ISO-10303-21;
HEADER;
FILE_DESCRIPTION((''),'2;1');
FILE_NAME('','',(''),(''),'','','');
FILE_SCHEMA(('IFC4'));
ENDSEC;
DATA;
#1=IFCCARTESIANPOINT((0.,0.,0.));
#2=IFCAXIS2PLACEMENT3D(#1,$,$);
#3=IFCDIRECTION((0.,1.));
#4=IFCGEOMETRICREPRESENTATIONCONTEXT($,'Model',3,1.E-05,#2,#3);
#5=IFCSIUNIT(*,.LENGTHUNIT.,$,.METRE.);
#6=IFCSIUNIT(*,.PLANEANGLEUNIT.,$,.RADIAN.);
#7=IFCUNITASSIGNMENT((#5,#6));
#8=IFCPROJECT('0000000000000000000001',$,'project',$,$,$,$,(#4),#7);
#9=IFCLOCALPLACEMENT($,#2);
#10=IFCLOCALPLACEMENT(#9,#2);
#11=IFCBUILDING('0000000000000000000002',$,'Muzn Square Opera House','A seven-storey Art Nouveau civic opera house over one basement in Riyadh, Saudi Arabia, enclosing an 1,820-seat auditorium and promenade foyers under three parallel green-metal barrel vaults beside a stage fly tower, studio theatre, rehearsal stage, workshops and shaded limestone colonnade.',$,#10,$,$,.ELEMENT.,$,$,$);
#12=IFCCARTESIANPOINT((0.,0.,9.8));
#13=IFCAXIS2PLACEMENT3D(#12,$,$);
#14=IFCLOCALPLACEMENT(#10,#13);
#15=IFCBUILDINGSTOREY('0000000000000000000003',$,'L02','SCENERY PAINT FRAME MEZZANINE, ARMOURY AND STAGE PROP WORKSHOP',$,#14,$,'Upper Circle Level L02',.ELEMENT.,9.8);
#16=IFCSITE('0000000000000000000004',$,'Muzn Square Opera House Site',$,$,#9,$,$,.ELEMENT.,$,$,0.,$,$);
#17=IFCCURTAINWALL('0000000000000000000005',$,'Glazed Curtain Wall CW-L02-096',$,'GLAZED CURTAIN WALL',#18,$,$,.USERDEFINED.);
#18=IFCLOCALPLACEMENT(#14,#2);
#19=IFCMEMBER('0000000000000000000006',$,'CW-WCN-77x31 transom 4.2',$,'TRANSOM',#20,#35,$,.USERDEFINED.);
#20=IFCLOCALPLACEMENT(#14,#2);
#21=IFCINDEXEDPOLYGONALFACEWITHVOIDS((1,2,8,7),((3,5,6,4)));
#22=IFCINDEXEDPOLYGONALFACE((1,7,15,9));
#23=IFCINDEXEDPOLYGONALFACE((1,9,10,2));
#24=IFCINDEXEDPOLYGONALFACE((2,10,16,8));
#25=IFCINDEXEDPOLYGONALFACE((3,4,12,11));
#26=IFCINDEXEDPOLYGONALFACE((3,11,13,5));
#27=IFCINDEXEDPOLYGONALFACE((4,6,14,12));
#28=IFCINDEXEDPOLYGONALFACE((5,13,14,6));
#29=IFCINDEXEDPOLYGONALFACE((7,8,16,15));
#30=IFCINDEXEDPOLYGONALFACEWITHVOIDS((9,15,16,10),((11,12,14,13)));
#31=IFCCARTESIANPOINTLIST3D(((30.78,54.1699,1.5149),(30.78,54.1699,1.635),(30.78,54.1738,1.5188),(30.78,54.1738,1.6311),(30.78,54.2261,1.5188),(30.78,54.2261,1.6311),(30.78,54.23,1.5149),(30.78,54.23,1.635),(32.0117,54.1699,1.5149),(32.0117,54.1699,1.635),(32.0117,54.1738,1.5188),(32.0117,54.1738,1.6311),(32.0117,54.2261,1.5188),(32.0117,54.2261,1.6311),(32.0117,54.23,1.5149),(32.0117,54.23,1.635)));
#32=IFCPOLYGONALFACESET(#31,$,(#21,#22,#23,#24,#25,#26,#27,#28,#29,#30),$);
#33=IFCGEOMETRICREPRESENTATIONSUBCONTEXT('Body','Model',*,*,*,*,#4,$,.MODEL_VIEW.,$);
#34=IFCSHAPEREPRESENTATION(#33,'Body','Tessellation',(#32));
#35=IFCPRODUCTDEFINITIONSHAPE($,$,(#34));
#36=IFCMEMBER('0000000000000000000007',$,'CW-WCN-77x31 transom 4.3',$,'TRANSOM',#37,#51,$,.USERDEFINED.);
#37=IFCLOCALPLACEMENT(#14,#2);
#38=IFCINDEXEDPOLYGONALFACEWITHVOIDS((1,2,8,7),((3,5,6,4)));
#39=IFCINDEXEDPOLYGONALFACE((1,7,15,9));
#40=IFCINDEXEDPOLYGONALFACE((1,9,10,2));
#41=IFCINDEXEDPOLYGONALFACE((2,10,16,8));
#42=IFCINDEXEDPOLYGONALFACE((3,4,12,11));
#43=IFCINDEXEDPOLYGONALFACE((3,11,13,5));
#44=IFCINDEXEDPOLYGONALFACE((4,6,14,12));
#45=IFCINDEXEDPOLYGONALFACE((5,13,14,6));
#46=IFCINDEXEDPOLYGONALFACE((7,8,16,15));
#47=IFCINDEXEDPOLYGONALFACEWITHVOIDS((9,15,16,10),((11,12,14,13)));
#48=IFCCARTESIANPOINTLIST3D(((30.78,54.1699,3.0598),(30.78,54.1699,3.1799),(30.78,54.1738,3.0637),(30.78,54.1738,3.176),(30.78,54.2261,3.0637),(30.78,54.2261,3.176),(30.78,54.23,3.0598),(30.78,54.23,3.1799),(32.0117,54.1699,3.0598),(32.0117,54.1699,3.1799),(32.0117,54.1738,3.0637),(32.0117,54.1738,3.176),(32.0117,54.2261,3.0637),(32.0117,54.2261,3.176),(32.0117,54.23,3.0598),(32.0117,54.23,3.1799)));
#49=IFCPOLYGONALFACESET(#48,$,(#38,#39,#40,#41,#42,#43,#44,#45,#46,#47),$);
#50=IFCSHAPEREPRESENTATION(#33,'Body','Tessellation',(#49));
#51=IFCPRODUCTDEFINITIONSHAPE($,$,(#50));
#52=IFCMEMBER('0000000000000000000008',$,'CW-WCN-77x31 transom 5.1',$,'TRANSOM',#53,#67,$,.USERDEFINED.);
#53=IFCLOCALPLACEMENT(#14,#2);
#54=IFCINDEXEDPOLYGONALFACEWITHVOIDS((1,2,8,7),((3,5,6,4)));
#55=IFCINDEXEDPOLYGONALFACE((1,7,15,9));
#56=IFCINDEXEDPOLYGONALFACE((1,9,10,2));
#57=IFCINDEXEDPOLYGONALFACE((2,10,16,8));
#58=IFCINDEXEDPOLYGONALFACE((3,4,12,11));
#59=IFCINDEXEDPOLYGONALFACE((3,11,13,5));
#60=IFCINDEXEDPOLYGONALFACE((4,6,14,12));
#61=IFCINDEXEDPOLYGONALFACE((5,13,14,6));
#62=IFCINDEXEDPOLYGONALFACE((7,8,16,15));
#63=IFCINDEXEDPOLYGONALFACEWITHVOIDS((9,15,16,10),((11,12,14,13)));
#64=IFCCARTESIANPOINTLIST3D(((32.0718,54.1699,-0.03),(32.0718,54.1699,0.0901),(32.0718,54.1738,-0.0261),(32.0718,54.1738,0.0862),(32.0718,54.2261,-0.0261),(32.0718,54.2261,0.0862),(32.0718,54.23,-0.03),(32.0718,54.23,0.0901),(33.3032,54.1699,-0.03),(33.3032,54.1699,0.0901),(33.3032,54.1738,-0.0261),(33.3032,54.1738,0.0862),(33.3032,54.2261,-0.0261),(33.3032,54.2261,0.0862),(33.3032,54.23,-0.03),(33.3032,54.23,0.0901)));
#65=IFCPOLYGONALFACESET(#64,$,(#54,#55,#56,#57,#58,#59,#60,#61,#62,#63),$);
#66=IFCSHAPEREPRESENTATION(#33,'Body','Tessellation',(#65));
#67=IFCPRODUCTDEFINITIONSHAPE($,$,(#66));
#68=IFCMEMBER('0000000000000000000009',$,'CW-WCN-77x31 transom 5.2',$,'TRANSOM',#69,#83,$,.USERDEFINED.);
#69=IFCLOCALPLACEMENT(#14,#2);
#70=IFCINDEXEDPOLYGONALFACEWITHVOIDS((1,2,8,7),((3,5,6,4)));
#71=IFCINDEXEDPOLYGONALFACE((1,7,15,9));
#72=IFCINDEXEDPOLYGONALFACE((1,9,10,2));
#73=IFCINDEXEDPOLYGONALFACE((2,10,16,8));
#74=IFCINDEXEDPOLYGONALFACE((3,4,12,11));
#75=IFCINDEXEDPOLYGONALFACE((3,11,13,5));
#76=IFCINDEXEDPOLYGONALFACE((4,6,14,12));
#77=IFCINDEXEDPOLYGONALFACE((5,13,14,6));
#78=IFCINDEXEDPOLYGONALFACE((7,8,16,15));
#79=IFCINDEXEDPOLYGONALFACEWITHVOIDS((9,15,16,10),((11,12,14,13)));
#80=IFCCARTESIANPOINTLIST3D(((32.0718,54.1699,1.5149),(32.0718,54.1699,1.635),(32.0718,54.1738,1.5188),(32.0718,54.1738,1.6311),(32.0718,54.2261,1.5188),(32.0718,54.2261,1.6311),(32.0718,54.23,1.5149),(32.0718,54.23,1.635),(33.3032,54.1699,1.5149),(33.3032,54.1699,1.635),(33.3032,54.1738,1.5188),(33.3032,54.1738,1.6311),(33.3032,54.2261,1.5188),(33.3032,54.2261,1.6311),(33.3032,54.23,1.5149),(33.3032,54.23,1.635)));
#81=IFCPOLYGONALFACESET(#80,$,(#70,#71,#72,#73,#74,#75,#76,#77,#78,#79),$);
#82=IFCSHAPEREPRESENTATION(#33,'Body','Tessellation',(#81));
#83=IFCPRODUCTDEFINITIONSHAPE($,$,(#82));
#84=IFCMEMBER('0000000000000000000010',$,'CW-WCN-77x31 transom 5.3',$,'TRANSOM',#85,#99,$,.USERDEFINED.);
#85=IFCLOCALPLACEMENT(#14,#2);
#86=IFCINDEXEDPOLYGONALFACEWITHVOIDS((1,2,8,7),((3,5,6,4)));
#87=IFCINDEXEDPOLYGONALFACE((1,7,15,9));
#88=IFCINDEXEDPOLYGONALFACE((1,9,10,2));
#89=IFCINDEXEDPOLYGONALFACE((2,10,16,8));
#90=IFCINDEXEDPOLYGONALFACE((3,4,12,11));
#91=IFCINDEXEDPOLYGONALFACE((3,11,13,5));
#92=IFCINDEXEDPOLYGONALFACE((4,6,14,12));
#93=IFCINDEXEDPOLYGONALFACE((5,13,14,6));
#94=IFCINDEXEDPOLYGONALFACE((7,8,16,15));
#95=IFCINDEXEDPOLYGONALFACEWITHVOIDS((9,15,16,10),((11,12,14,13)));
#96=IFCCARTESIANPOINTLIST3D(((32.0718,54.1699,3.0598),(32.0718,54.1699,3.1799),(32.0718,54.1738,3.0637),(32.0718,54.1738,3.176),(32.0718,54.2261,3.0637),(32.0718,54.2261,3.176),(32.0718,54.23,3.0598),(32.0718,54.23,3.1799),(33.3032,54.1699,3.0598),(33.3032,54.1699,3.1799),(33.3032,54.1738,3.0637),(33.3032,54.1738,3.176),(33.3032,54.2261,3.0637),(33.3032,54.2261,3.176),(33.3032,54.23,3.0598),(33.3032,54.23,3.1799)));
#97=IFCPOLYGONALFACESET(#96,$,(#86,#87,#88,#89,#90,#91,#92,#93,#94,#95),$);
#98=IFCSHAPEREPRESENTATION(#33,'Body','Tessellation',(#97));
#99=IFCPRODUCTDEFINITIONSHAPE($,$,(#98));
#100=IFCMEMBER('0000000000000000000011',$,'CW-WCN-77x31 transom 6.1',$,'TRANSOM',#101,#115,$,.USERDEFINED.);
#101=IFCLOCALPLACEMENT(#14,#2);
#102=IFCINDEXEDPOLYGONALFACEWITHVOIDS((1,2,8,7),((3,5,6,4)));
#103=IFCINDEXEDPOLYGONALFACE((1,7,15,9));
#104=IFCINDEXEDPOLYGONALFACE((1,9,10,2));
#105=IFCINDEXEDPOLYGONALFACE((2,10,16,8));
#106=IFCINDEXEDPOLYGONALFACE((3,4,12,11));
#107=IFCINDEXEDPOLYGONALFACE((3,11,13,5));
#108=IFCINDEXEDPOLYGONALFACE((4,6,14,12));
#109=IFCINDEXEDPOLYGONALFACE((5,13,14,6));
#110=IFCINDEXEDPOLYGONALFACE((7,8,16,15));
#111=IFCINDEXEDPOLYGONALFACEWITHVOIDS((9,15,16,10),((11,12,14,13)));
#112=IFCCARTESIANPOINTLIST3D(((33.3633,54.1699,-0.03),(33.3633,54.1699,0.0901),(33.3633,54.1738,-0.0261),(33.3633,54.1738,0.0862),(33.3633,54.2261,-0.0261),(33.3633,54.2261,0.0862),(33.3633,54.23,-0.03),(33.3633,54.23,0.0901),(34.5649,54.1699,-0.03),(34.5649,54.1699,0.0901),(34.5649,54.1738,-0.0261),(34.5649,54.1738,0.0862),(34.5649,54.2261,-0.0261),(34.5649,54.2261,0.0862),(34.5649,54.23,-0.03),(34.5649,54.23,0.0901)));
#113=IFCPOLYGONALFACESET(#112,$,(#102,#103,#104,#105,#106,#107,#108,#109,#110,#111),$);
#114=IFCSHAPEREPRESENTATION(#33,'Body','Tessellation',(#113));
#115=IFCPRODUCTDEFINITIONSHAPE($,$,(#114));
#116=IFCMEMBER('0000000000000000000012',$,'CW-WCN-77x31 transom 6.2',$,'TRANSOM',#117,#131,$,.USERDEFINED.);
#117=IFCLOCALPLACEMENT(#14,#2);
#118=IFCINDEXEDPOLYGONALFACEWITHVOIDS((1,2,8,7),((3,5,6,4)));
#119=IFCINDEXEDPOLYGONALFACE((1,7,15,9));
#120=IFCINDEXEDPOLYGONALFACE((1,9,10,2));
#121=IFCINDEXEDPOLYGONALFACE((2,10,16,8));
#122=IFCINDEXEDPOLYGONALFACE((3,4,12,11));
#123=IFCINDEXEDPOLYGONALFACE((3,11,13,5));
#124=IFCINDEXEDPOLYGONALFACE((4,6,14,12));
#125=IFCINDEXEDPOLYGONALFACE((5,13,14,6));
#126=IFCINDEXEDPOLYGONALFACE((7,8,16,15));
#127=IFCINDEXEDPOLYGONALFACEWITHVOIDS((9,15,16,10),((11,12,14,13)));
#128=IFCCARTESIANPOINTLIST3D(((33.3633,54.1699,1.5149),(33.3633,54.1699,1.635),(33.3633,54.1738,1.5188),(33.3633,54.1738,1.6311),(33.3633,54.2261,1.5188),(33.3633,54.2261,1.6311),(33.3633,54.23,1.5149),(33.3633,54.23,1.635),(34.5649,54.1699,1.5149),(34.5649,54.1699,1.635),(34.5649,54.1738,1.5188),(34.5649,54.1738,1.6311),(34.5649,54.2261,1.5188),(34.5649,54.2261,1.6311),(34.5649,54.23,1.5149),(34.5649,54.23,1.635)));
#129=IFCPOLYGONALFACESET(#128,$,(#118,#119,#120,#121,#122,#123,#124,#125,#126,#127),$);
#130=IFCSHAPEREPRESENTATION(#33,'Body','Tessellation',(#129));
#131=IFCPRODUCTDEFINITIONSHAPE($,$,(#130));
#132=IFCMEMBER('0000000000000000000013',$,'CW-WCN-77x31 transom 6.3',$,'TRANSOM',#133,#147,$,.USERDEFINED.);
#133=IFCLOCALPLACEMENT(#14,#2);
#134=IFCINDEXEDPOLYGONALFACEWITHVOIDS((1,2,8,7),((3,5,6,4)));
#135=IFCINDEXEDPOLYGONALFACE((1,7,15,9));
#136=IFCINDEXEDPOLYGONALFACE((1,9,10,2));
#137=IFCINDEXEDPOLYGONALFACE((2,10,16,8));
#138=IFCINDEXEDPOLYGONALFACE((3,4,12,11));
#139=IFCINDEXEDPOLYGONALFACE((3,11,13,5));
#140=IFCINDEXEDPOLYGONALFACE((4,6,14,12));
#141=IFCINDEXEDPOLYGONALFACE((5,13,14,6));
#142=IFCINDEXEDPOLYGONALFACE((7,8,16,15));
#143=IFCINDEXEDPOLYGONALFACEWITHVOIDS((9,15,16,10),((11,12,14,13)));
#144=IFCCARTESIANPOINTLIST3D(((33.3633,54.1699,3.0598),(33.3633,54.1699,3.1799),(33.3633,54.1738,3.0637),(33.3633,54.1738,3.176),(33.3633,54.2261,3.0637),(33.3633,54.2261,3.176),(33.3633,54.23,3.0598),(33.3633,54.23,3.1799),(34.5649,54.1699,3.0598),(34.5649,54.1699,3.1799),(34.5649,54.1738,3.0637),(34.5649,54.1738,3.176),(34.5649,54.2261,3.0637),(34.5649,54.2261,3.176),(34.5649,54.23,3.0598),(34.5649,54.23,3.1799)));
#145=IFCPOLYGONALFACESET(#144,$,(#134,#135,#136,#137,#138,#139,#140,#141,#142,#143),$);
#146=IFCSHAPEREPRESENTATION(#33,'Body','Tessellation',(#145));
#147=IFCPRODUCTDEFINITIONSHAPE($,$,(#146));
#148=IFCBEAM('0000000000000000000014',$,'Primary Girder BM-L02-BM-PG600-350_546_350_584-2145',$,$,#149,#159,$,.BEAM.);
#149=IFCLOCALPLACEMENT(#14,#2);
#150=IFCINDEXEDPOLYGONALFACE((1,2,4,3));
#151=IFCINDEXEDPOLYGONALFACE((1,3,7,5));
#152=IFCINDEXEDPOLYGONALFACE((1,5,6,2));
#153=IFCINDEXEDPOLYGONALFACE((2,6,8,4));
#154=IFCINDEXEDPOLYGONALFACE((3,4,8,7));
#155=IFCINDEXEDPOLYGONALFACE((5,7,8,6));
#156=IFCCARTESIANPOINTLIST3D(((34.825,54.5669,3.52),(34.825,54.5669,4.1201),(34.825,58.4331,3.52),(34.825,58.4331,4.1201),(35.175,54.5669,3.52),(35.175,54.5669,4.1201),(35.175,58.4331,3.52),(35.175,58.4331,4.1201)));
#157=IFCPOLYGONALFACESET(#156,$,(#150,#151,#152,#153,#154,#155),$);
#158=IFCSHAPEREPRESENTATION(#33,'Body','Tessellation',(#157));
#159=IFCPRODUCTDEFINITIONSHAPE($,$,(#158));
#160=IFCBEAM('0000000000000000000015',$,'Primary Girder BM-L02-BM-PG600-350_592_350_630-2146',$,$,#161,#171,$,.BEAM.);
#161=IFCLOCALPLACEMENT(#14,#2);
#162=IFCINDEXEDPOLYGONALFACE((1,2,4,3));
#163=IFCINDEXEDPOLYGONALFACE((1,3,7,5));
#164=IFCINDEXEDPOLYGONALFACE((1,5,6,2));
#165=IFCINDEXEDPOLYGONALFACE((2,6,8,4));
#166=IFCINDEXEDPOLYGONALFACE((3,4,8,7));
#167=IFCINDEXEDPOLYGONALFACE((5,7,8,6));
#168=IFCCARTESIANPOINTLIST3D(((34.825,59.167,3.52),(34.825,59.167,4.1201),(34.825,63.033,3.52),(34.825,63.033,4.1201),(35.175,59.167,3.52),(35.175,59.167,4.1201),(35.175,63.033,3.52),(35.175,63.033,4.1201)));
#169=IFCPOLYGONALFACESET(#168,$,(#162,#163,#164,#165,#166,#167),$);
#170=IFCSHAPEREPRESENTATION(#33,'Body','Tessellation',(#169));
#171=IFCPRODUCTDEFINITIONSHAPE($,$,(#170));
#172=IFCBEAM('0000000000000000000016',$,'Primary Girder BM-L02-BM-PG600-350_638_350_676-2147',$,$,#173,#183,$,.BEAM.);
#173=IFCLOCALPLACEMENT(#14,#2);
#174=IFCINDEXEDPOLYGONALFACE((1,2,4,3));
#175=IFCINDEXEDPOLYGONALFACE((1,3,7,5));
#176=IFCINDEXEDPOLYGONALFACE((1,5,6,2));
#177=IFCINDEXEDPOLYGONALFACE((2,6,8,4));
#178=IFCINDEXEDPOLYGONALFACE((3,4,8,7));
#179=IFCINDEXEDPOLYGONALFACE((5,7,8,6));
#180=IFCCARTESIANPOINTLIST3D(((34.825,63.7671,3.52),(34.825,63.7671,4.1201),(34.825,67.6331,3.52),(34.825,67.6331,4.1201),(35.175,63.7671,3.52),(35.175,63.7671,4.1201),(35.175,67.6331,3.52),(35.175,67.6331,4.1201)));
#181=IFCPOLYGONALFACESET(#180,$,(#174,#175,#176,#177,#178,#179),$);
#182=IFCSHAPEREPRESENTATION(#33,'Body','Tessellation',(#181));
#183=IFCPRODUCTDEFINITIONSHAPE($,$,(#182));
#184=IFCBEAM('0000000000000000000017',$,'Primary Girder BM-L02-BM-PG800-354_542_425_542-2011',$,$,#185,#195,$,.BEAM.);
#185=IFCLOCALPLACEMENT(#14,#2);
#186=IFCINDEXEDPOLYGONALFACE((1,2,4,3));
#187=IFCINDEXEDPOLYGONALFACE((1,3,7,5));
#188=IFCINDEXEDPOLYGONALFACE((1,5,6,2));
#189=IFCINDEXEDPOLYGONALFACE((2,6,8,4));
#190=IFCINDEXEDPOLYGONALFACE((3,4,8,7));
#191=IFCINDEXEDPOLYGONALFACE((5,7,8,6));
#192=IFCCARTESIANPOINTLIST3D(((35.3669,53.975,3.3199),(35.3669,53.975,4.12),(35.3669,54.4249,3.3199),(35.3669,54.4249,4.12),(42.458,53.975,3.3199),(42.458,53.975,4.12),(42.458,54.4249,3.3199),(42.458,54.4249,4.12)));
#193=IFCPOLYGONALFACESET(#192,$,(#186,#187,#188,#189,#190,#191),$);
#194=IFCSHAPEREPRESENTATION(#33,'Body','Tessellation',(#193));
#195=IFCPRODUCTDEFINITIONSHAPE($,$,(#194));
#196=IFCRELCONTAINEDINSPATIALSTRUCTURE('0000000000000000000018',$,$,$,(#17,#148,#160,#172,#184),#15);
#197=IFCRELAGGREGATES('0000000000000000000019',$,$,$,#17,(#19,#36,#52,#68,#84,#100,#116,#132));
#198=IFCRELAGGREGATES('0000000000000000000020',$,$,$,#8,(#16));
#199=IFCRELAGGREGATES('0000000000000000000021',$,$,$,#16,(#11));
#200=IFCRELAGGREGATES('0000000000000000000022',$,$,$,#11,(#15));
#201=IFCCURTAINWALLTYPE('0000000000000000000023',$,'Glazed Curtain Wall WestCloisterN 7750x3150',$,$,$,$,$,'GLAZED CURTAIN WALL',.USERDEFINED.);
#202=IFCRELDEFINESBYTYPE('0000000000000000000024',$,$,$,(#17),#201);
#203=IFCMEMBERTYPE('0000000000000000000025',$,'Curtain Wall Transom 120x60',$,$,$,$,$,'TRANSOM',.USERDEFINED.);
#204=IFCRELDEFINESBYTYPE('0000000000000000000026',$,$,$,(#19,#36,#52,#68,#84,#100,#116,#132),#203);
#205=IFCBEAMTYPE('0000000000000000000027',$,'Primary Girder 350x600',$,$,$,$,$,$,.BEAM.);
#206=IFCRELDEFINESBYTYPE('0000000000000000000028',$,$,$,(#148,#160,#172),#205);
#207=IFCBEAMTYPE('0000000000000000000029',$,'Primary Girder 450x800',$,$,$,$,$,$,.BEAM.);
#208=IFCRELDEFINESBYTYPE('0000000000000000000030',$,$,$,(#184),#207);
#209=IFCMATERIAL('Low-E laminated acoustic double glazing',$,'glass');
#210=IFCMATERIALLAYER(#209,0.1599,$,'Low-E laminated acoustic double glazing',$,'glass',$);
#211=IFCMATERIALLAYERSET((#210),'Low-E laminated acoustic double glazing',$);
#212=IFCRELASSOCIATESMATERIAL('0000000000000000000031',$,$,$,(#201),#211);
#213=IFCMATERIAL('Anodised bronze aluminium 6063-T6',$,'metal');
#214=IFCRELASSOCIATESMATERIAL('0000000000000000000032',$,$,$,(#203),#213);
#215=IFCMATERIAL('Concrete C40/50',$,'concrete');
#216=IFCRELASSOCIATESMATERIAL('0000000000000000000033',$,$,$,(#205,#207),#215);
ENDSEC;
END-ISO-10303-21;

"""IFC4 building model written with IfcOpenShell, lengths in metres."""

from ifc_helpers import new_model, si_unit, direction, frame, origin, origin_2d, place, context, subcontext, project, spatial, rectangle, hollow_rectangle, extrude, material, layer, layer_set, material_profile, profile_set, type_object, element, aggregate, save


model = new_model("IFC4")

# Units and contexts
model_context = context("Model", 3, precision=1e-05, world=origin(), true_north=direction((0.0, 1.0)))
body_context = subcontext(model_context, "Body", "Model", "MODEL_VIEW")
ifc_project = project(units=[si_unit("LENGTHUNIT", "METRE"), si_unit("PLANEANGLEUNIT", "RADIAN")], contexts=[model_context])

# Site, building, storey
site_placement = place(None, origin())
site = spatial("IfcSite", under=ifc_project, at=site_placement, Name="Muzn Square Opera House Site", CompositionType="ELEMENT", RefElevation=0.0)
building_placement = place(site_placement, origin())
building = spatial("IfcBuilding", under=site, at=building_placement, Name="Muzn Square Opera House", Description="A seven-storey Art Nouveau civic opera house over one basement in Riyadh, Saudi Arabia, enclosing an 1,820-seat auditorium and promenade foyers under three parallel green-metal barrel vaults beside a stage fly tower, studio theatre, rehearsal stage, workshops and shaded limestone colonnade.", CompositionType="ELEMENT")
storey_placement = place(building_placement, frame((0.0, 0.0, 9.8)))
storey = spatial("IfcBuildingStorey", under=building, at=storey_placement, Name="L02", Description="SCENERY PAINT FRAME MEZZANINE, ARMOURY AND STAGE PROP WORKSHOP", LongName="Upper Circle Level L02", CompositionType="ELEMENT", Elevation=9.8)

# Curtain wall, members
ifc_material_1 = material(Name="Low-E laminated acoustic double glazing", Category="glass")
ifc_layer_1 = layer(ifc_material_1, 0.1599, Name="Low-E laminated acoustic double glazing", Category="glass")
ifc_layer_set_1 = layer_set([ifc_layer_1], Name="Low-E laminated acoustic double glazing")
curtain_wall_type = type_object("IfcCurtainWallType", Name="Glazed Curtain Wall WestCloisterN 7750x3150", ElementType="GLAZED CURTAIN WALL", PredefinedType="USERDEFINED", material=ifc_layer_set_1)
curtain_wall_placement = place(storey_placement, origin())
curtain_wall = element("IfcCurtainWall", 1, at=curtain_wall_placement, inside=storey, type_object=curtain_wall_type, Name="Glazed Curtain Wall CW-L02-096", ObjectType="GLAZED CURTAIN WALL", PredefinedType="USERDEFINED")
ifc_material_2 = material(Name="Anodised bronze aluminium 6063-T6", Category="metal")
ifc_material_profile_1 = material_profile(ifc_material_2, hollow_rectangle(XDim=0.0601, YDim=0.1201, WallThickness=0.0039, at=origin_2d()), Name="ALU 120x60x4", Category="metal")
ifc_profile_set_1 = profile_set([ifc_material_profile_1], Name="Anodised bronze aluminium 6063-T6")
member_type_1 = type_object("IfcMemberType", Name="Curtain Wall Transom 120x60", ElementType="TRANSOM", PredefinedType="USERDEFINED", material=ifc_profile_set_1)
member_1_placement = place(storey_placement, frame((30.78, 54.2, 1.575), z_axis=(1.0, 0.0, 0.0), x_axis=(0.0, 1.0, 0.0)))
member_1 = element("IfcMember", 2, at=member_1_placement, type_object=member_type_1, Name="CW-WCN-77x31 transom 4.2", ObjectType="TRANSOM", PredefinedType="USERDEFINED", context=body_context, shape_type="SweptSolid", body=[
    extrude(hollow_rectangle(XDim=0.0601, YDim=0.1201, WallThickness=0.0039, at=origin_2d()), origin(), (0.0, 0.0, 1.0), 1.2317),
])
member_2_placement = place(storey_placement, frame((30.78, 54.2, 3.1199), z_axis=(1.0, 0.0, 0.0), x_axis=(0.0, 1.0, 0.0)))
member_2 = element("IfcMember", 3, at=member_2_placement, type_object=member_type_1, Name="CW-WCN-77x31 transom 4.3", ObjectType="TRANSOM", PredefinedType="USERDEFINED", context=body_context, shape_type="SweptSolid", body=[
    extrude(hollow_rectangle(XDim=0.0601, YDim=0.1201, WallThickness=0.0039, at=origin_2d()), origin(), (0.0, 0.0, 1.0), 1.2317),
])
member_3_placement = place(storey_placement, frame((32.0718, 54.2, 0.03), z_axis=(1.0, 0.0, 0.0), x_axis=(0.0, 1.0, 0.0)))
member_3 = element("IfcMember", 4, at=member_3_placement, type_object=member_type_1, Name="CW-WCN-77x31 transom 5.1", ObjectType="TRANSOM", PredefinedType="USERDEFINED", context=body_context, shape_type="SweptSolid", body=[
    extrude(hollow_rectangle(XDim=0.0601, YDim=0.1201, WallThickness=0.0039, at=origin_2d()), origin(), (0.0, 0.0, 1.0), 1.2314),
])
member_4_placement = place(storey_placement, frame((32.0718, 54.2, 1.575), z_axis=(1.0, 0.0, 0.0), x_axis=(0.0, 1.0, 0.0)))
member_4 = element("IfcMember", 5, at=member_4_placement, type_object=member_type_1, Name="CW-WCN-77x31 transom 5.2", ObjectType="TRANSOM", PredefinedType="USERDEFINED", context=body_context, shape_type="SweptSolid", body=[
    extrude(hollow_rectangle(XDim=0.0601, YDim=0.1201, WallThickness=0.0039, at=origin_2d()), origin(), (0.0, 0.0, 1.0), 1.2314),
])
member_5_placement = place(storey_placement, frame((32.0718, 54.2, 3.1199), z_axis=(1.0, 0.0, 0.0), x_axis=(0.0, 1.0, 0.0)))
member_5 = element("IfcMember", 6, at=member_5_placement, type_object=member_type_1, Name="CW-WCN-77x31 transom 5.3", ObjectType="TRANSOM", PredefinedType="USERDEFINED", context=body_context, shape_type="SweptSolid", body=[
    extrude(hollow_rectangle(XDim=0.0601, YDim=0.1201, WallThickness=0.0039, at=origin_2d()), origin(), (0.0, 0.0, 1.0), 1.2314),
])
member_6_placement = place(storey_placement, frame((33.3633, 54.2, 0.03), z_axis=(1.0, 0.0, 0.0), x_axis=(0.0, 1.0, 0.0)))
member_6 = element("IfcMember", 7, at=member_6_placement, type_object=member_type_1, Name="CW-WCN-77x31 transom 6.1", ObjectType="TRANSOM", PredefinedType="USERDEFINED", context=body_context, shape_type="SweptSolid", body=[
    extrude(hollow_rectangle(XDim=0.0601, YDim=0.1201, WallThickness=0.0039, at=origin_2d()), origin(), (0.0, 0.0, 1.0), 1.2017),
])
member_7_placement = place(storey_placement, frame((33.3633, 54.2, 1.575), z_axis=(1.0, 0.0, 0.0), x_axis=(0.0, 1.0, 0.0)))
member_7 = element("IfcMember", 8, at=member_7_placement, type_object=member_type_1, Name="CW-WCN-77x31 transom 6.2", ObjectType="TRANSOM", PredefinedType="USERDEFINED", context=body_context, shape_type="SweptSolid", body=[
    extrude(hollow_rectangle(XDim=0.0601, YDim=0.1201, WallThickness=0.0039, at=origin_2d()), origin(), (0.0, 0.0, 1.0), 1.2017),
])
member_8_placement = place(storey_placement, frame((33.3633, 54.2, 3.1199), z_axis=(1.0, 0.0, 0.0), x_axis=(0.0, 1.0, 0.0)))
member_8 = element("IfcMember", 9, at=member_8_placement, type_object=member_type_1, Name="CW-WCN-77x31 transom 6.3", ObjectType="TRANSOM", PredefinedType="USERDEFINED", context=body_context, shape_type="SweptSolid", body=[
    extrude(hollow_rectangle(XDim=0.0601, YDim=0.1201, WallThickness=0.0039, at=origin_2d()), origin(), (0.0, 0.0, 1.0), 1.2017),
])

# Beams
ifc_material_3 = material(Name="Concrete C40/50", Category="concrete")
ifc_material_profile_2 = material_profile(ifc_material_3, rectangle(XDim=0.3501, YDim=0.6001, at=origin_2d()), Name="RCB 350x600", Category="concrete")
ifc_profile_set_2 = profile_set([ifc_material_profile_2], Name="Concrete C40/50")
beam_type_1 = type_object("IfcBeamType", Name="Primary Girder 350x600", PredefinedType="BEAM", material=ifc_profile_set_2)
beam_placement = place(storey_placement, frame((35.0, 54.5669, 3.8201), z_axis=(0.0, 1.0, 0.0), x_axis=(-1.0, 0.0, 0.0)))
element("IfcBeam", 10, at=beam_placement, inside=storey, type_object=beam_type_1, Name="Primary Girder BM-L02-BM-PG600-350_546_350_584-2145", PredefinedType="BEAM", context=body_context, shape_type="SweptSolid", body=[
    extrude(rectangle(XDim=0.3501, YDim=0.6001, at=origin_2d()), origin(), (0.0, 0.0, 1.0), 3.8662),
])
for number, where, z_axis, x_axis, name in (
    (11, (35.0, 59.167, 3.8201), (0.0, 1.0, 0.0), (-1.0, 0.0, 0.0), "Primary Girder BM-L02-BM-PG600-350_592_350_630-2146"),
    (12, (35.0, 63.7671, 3.8201), (0.0, 1.0, 0.0), (-1.0, 0.0, 0.0), "Primary Girder BM-L02-BM-PG600-350_638_350_676-2147"),
):
    element("IfcBeam", number, at=place(storey_placement, frame(where, z_axis=z_axis, x_axis=x_axis)), inside=storey, type_object=beam_type_1, Name=name, PredefinedType="BEAM", context=body_context, shape_type="SweptSolid", body=[
        extrude(rectangle(XDim=0.3501, YDim=0.6001, at=origin_2d()), origin(), (0.0, 0.0, 1.0), 3.866),
    ])
ifc_material_profile_3 = material_profile(ifc_material_3, rectangle(XDim=0.45, YDim=0.8, at=origin_2d()), Name="RCB 450x800", Category="concrete")
ifc_profile_set_3 = profile_set([ifc_material_profile_3], Name="Concrete C40/50")
beam_type_2 = type_object("IfcBeamType", Name="Primary Girder 450x800", PredefinedType="BEAM", material=ifc_profile_set_3)
for number, where, z_axis, x_axis, name in (
    (13, (35.3669, 54.2, 3.72), (1.0, 0.0, 0.0), (0.0, 1.0, 0.0), "Primary Girder BM-L02-BM-PG800-354_542_425_542-2011"),
):
    element("IfcBeam", number, at=place(storey_placement, frame(where, z_axis=z_axis, x_axis=x_axis)), inside=storey, type_object=beam_type_2, Name=name, PredefinedType="BEAM", context=body_context, shape_type="SweptSolid", body=[
        extrude(rectangle(XDim=0.45, YDim=0.8, at=origin_2d()), origin(), (0.0, 0.0, 1.0), 7.0911),
    ])

aggregate(curtain_wall, [member_1, member_2, member_3, member_4, member_5, member_6, member_7, member_8])

save(model, "model.ifc")
